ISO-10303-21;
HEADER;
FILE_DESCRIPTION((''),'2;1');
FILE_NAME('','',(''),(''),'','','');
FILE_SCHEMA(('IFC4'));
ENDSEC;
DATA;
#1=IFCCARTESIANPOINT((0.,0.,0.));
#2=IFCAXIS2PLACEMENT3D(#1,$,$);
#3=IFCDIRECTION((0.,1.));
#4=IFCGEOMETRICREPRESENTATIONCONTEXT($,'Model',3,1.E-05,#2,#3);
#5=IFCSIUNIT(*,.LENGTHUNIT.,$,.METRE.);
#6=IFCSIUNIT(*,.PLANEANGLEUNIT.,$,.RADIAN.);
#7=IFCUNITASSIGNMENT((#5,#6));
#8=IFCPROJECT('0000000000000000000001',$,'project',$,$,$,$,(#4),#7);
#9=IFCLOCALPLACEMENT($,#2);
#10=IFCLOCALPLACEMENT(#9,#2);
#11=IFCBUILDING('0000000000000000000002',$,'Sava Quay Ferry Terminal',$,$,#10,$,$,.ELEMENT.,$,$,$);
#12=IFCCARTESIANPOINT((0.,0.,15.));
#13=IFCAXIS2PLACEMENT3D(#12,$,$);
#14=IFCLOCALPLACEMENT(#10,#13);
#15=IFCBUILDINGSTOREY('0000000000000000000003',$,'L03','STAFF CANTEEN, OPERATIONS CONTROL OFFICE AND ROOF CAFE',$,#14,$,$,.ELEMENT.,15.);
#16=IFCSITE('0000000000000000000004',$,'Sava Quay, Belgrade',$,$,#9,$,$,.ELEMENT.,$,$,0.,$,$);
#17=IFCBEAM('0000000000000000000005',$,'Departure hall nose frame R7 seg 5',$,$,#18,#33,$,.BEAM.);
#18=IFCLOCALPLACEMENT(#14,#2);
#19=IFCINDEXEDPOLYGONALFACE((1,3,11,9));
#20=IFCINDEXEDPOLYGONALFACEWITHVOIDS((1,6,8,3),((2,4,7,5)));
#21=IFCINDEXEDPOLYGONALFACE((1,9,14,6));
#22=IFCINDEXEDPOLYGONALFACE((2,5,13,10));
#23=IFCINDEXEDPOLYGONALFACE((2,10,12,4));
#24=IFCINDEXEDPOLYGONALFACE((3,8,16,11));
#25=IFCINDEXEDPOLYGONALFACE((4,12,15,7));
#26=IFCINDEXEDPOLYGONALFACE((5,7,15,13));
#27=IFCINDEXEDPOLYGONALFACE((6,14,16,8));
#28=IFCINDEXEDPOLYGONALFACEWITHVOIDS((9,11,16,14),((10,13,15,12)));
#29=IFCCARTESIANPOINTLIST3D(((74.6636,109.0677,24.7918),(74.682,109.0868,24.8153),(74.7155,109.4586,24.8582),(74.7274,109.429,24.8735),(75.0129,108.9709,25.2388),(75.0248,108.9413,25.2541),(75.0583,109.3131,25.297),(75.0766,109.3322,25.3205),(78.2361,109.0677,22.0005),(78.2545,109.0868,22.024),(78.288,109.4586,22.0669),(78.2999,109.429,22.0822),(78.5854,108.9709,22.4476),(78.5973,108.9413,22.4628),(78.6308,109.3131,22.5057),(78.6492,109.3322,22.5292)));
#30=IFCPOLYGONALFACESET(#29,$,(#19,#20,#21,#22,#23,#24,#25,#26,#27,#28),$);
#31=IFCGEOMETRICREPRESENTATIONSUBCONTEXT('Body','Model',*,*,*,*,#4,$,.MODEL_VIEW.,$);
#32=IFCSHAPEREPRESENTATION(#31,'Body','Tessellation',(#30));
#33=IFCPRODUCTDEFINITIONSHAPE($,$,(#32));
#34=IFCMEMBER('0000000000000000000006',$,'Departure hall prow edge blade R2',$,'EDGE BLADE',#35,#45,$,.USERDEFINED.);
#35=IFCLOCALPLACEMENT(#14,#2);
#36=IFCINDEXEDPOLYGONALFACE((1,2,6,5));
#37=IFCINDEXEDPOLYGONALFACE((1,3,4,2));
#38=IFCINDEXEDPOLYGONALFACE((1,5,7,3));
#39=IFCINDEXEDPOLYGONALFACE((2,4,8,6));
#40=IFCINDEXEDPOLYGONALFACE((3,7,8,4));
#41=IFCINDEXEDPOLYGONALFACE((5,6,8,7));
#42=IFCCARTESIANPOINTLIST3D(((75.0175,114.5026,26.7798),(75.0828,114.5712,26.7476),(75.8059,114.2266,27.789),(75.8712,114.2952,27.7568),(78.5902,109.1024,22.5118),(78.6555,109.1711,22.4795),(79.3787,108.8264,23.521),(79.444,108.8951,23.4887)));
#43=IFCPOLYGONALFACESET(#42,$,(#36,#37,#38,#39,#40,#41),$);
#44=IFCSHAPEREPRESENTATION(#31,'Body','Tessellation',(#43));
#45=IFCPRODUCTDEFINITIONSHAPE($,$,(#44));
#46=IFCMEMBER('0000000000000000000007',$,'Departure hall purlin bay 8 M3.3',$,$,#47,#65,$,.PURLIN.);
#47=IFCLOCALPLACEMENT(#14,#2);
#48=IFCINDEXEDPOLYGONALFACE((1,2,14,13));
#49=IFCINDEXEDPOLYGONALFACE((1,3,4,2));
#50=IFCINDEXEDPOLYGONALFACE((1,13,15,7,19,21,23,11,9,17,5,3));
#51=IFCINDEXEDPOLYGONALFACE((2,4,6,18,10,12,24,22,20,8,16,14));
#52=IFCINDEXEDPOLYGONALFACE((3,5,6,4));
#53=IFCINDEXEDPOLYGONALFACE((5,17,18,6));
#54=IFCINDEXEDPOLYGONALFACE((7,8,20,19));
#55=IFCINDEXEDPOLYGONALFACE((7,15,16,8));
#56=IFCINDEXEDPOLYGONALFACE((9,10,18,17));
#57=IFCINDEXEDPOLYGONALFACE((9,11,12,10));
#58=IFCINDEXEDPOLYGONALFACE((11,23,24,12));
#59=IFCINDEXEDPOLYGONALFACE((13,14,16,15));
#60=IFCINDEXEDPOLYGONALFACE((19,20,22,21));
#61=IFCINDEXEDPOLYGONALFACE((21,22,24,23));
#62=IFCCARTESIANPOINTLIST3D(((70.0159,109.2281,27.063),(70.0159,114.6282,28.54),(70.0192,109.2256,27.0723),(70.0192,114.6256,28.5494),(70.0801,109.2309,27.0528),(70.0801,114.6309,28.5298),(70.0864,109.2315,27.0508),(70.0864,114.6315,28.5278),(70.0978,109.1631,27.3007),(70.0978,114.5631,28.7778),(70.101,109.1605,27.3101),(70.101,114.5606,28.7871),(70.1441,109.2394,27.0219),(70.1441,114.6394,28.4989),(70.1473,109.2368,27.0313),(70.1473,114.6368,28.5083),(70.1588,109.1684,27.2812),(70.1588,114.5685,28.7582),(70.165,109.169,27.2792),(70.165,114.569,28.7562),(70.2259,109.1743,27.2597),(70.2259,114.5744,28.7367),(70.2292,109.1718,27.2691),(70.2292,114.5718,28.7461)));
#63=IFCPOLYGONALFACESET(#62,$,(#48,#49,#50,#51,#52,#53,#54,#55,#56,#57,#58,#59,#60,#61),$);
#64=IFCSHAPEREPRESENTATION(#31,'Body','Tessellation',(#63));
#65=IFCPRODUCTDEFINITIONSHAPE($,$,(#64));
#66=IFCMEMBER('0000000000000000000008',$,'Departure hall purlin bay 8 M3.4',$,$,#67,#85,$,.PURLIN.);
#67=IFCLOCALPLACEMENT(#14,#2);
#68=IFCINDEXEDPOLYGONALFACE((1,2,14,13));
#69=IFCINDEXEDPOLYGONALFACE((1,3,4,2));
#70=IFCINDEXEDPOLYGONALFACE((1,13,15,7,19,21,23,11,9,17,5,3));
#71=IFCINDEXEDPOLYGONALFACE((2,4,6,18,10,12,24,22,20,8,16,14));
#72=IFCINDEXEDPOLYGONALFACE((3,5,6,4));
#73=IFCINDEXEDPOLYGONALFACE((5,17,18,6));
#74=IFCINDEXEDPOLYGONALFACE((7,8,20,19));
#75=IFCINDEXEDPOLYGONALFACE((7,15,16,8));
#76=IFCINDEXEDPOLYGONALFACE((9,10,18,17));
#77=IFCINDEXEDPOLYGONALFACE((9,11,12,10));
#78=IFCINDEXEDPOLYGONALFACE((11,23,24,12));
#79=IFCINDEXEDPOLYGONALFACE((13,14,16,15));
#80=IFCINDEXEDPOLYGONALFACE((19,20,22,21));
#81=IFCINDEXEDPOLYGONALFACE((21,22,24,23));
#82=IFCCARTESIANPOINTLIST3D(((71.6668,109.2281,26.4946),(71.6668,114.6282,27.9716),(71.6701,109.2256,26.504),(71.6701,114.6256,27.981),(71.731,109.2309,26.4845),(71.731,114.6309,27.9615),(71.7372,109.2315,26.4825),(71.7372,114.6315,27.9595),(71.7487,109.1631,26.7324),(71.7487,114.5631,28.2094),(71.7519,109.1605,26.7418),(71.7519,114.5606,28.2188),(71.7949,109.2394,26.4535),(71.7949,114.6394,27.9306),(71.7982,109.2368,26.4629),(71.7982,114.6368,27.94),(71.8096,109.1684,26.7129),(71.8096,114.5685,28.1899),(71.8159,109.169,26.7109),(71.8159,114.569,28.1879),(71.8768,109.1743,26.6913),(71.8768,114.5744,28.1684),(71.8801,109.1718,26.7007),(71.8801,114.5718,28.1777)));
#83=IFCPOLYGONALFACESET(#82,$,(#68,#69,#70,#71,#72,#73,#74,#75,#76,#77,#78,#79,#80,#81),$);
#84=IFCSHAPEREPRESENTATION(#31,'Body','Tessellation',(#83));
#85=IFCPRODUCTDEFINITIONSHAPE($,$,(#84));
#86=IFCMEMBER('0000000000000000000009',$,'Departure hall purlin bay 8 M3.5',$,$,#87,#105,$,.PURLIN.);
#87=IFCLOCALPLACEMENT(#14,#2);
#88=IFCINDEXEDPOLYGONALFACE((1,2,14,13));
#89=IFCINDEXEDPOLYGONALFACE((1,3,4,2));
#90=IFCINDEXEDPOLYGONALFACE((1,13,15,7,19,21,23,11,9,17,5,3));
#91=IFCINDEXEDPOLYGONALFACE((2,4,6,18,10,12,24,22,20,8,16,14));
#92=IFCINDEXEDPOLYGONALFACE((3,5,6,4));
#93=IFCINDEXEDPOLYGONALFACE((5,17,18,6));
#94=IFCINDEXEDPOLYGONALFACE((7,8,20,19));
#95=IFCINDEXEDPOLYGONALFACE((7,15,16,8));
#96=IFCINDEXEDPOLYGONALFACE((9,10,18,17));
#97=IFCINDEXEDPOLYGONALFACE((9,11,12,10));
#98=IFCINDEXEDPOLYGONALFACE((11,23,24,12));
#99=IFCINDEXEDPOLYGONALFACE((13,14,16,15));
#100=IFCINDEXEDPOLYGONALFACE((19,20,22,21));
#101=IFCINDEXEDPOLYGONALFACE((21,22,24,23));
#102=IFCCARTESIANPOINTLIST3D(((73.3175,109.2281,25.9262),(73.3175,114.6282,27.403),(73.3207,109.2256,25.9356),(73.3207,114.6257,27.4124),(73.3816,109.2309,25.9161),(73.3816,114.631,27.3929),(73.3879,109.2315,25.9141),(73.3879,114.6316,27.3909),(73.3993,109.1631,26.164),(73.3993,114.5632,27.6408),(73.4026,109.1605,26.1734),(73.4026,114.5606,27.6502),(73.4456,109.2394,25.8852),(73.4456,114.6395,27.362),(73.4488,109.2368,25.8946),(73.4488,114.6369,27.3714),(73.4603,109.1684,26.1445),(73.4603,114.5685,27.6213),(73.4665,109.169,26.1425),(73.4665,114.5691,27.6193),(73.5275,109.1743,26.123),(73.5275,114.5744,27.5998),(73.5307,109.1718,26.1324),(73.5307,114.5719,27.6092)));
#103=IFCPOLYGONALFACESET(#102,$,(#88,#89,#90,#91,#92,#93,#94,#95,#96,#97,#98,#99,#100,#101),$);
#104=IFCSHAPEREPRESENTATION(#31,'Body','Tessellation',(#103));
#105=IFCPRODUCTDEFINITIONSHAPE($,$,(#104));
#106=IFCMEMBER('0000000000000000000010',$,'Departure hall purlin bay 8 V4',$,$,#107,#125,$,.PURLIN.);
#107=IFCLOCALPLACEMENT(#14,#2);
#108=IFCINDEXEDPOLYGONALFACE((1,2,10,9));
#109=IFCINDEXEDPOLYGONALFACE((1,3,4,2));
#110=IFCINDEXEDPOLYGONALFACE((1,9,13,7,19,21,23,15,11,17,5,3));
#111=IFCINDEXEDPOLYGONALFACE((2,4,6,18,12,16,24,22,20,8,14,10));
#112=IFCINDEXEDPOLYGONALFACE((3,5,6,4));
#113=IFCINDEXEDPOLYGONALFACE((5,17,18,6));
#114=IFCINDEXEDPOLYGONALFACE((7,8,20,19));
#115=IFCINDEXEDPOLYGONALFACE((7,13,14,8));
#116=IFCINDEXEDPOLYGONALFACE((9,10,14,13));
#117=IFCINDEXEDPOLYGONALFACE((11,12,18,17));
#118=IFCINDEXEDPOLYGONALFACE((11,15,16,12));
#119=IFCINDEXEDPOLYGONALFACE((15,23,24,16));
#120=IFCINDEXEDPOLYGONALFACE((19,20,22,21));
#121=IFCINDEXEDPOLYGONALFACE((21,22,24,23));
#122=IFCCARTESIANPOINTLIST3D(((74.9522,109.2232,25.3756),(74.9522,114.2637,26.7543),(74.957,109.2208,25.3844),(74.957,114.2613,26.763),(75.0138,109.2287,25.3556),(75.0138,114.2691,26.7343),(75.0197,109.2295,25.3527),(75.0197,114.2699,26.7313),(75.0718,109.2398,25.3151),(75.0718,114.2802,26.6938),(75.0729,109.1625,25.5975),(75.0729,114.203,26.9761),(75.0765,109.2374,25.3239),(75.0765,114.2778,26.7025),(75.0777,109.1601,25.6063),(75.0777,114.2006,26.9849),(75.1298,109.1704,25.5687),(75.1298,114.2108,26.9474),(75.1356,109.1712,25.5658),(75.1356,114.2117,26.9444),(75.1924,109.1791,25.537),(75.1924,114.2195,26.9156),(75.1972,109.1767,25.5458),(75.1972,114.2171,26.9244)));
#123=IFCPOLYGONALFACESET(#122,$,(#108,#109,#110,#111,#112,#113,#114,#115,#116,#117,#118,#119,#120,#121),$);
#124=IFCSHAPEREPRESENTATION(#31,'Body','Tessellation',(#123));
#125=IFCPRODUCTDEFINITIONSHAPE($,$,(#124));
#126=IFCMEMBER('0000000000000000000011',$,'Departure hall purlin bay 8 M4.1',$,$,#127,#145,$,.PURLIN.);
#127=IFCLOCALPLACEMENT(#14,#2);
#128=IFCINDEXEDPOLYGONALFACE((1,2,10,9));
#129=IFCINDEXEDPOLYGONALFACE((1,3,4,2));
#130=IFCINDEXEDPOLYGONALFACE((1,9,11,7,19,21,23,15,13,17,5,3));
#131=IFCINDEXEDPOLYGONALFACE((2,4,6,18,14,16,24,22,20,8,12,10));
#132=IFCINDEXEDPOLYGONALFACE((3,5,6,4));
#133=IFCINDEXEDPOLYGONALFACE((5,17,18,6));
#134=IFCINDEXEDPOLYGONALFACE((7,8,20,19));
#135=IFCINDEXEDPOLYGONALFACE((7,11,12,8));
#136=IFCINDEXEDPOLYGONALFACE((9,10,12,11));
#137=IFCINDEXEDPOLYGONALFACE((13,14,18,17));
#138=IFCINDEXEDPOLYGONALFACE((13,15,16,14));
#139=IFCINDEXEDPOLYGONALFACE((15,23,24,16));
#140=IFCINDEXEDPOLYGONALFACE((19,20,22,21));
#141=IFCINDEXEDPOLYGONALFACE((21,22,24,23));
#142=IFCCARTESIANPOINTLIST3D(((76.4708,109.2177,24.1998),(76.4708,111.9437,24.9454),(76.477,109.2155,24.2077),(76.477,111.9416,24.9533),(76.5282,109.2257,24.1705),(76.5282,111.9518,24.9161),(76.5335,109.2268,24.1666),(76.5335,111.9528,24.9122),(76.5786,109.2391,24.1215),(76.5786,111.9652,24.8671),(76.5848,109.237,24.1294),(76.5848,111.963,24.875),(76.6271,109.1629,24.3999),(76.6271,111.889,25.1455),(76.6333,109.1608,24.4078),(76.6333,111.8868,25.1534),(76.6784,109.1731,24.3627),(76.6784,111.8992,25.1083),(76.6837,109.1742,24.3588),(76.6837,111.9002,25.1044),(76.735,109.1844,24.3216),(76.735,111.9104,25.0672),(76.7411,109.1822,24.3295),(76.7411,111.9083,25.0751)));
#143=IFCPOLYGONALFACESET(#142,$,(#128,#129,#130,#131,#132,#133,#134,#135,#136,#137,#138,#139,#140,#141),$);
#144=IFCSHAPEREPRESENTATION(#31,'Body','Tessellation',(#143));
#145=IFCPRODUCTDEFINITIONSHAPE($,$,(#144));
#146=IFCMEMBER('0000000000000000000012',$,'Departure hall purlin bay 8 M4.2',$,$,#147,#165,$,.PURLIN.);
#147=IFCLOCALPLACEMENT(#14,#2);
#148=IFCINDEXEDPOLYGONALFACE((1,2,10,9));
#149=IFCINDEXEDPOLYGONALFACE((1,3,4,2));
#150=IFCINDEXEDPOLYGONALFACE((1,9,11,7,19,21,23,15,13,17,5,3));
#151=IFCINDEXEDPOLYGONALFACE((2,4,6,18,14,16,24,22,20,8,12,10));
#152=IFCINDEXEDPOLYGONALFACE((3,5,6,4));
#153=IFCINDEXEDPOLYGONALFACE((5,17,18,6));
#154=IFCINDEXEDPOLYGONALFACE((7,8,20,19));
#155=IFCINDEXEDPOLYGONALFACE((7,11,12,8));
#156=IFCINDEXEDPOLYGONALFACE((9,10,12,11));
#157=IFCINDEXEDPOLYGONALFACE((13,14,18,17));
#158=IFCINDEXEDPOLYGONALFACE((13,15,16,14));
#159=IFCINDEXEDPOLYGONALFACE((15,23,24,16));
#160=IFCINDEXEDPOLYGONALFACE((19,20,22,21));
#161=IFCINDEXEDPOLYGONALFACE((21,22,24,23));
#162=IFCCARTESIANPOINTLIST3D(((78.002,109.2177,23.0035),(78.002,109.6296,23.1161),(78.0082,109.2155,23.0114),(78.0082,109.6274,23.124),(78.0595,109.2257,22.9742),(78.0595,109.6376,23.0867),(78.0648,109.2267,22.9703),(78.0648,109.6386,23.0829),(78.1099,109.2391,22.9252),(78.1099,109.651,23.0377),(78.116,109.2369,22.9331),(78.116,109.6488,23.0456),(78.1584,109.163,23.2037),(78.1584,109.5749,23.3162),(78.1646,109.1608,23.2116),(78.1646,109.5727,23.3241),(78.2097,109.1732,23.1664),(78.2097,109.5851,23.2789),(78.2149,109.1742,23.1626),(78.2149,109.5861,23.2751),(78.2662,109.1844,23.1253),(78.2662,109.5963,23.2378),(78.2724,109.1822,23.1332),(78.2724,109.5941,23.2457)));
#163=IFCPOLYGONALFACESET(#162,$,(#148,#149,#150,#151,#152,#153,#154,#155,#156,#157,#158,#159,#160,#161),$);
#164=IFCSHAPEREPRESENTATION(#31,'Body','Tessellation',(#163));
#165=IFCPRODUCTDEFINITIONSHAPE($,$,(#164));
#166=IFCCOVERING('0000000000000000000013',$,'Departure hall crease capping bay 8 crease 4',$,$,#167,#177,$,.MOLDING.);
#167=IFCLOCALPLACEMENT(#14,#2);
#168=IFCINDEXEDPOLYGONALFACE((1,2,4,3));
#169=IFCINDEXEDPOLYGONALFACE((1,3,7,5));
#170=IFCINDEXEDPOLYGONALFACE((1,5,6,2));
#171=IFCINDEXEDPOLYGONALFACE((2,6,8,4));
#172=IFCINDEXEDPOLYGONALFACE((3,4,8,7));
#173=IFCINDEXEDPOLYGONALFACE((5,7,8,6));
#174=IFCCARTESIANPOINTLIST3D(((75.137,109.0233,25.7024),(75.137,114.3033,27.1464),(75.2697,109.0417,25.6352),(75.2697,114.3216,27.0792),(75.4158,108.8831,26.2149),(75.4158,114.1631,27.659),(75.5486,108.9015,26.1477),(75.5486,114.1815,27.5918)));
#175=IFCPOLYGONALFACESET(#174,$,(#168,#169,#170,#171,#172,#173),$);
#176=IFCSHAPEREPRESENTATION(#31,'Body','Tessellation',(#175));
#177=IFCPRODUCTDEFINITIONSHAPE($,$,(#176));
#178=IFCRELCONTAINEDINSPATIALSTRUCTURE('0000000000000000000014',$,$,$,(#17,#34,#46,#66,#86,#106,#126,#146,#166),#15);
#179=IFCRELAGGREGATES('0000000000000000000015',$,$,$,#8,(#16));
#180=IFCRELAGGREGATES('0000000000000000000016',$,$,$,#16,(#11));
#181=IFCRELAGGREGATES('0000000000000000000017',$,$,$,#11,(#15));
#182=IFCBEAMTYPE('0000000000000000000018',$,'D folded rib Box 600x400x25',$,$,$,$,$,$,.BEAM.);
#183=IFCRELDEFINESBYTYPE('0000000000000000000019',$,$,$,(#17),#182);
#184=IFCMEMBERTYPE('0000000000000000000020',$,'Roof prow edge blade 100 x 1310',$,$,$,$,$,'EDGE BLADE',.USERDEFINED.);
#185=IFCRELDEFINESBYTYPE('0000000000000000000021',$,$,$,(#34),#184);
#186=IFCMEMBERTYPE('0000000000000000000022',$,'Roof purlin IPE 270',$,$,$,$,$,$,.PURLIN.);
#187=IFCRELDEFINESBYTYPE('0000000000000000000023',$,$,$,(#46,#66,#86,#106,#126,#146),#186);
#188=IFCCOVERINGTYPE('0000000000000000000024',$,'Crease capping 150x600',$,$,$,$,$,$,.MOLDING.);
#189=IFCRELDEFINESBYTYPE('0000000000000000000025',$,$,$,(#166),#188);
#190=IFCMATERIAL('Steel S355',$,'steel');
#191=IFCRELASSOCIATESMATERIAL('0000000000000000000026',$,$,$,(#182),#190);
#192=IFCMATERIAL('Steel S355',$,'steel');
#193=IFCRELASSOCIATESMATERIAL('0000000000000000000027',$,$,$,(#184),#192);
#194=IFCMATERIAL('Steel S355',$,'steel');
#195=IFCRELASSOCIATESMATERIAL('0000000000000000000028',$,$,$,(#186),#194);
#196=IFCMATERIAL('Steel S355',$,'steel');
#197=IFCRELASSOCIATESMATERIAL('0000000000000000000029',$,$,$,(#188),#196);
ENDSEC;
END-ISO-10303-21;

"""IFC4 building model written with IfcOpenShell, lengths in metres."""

from ifc_helpers import new_model, si_unit, direction, frame, origin, origin_2d, place, context, subcontext, project, spatial, polyline, rectangle, i_section, outline, extrude, material, material_profile, profile_set, type_object, element, save


model = new_model("IFC4")

# Units and contexts
model_context = context("Model", 3, precision=1e-05, world=origin(), true_north=direction((0.0, 1.0)))
body_context = subcontext(model_context, "Body", "Model", "MODEL_VIEW")
ifc_project = project(units=[si_unit("LENGTHUNIT", "METRE"), si_unit("PLANEANGLEUNIT", "RADIAN")], contexts=[model_context])

# Site, building, storey
site_placement = place(None, origin())
site = spatial("IfcSite", under=ifc_project, at=site_placement, Name="Sava Quay, Belgrade", CompositionType="ELEMENT", RefElevation=0.0)
building_placement = place(site_placement, origin())
building = spatial("IfcBuilding", under=site, at=building_placement, Name="Sava Quay Ferry Terminal", CompositionType="ELEMENT")
storey_placement = place(building_placement, frame((0.0, 0.0, 15.0)))
storey = spatial("IfcBuildingStorey", under=building, at=storey_placement, Name="L03", Description="STAFF CANTEEN, OPERATIONS CONTROL OFFICE AND ROOF CAFE", CompositionType="ELEMENT", Elevation=15.0)

# Beam
ifc_material_1 = material(Name="Steel S355", Category="steel")
ifc_material_profile_1 = material_profile(ifc_material_1, outline(polyline([(-0.2, -0.3), (0.2, -0.3), (0.2, 0.3), (-0.2, 0.3), (-0.2, -0.3)]), holes=[polyline([(-0.175, -0.2749), (-0.175, 0.2749), (0.175, 0.2749), (0.175, -0.2749), (-0.175, -0.2749)])]), Name="Box 600x400x25 built-up")
ifc_profile_set_1 = profile_set([ifc_material_profile_1], Name="Steel S355")
beam_type = type_object("IfcBeamType", Name="D folded rib Box 600x400x25", PredefinedType="BEAM", material=ifc_profile_set_1)
beam_placement = place(storey_placement, frame((74.8701, 109.2, 25.0562), z_axis=(0.787999, 0.0, -0.615676), x_axis=(0.129733, 0.977547, 0.166044)))
element("IfcBeam", 1, at=beam_placement, inside=storey, type_object=beam_type, Name="Departure hall nose frame R7 seg 5", PredefinedType="BEAM", context=body_context, shape_type="SweptSolid", body=[
    extrude(outline(polyline([(-0.2, -0.3), (0.2, -0.3), (0.2, 0.3), (-0.2, 0.3), (-0.2, -0.3)]), holes=[polyline([(-0.175, -0.2749), (-0.175, 0.2749), (0.175, 0.2749), (0.175, -0.2749), (-0.175, -0.2749)])]), origin(), (0.0, 0.0, 1.0), 4.5337),
])

# Members
ifc_material_2 = material(Name="Steel S355", Category="steel")
ifc_material_profile_2 = material_profile(ifc_material_2, rectangle(XDim=0.1001, YDim=1.3101, at=origin_2d()), Name="Blade 100 x 1310")
ifc_profile_set_2 = profile_set([ifc_material_profile_2], Name="Steel S355")
member_type_1 = type_object("IfcMemberType", Name="Roof prow edge blade 100 x 1310", ElementType="EDGE BLADE", PredefinedType="USERDEFINED", material=ifc_profile_set_2)
member_1_placement = place(storey_placement, frame((79.0171, 108.9988, 23.0002), z_axis=(-0.460694, 0.696329, 0.550352), x_axis=(-0.652352, -0.686107, 0.322015)))
element("IfcMember", 2, at=member_1_placement, inside=storey, type_object=member_type_1, Name="Departure hall prow edge blade R2", ObjectType="EDGE BLADE", PredefinedType="USERDEFINED", context=body_context, shape_type="SweptSolid", body=[
    extrude(rectangle(XDim=0.1001, YDim=1.3101, at=origin_2d()), origin(), (0.0, 0.0, 1.0), 7.7551),
])
ifc_material_3 = material(Name="Steel S355", Category="steel")
ifc_material_profile_3 = material_profile(ifc_material_3, i_section(OverallWidth=0.135, OverallDepth=0.27, WebThickness=0.0066, FlangeThickness=0.0103, at=origin_2d()), Name="IPE 270")
ifc_profile_set_3 = profile_set([ifc_material_profile_3], Name="Steel S355")
member_type_2 = type_object("IfcMemberType", Name="Roof purlin IPE 270", PredefinedType="PURLIN", material=ifc_profile_set_3)
for number, where, z_axis, x_axis, name in (
    (3, (70.1226, 109.2, 27.166), (0.0, 0.964569, 0.263829), (-0.949026, -0.083159, 0.30403), "Departure hall purlin bay 8 M3.3"),
    (4, (71.7734, 109.2, 26.5977), (0.0, 0.964569, 0.263829), (-0.949026, -0.083159, 0.30403), "Departure hall purlin bay 8 M3.4"),
    (5, (73.4241, 109.2, 26.0293), (0.0, 0.96458, 0.263789), (-0.949026, -0.083146, 0.304034), "Departure hall purlin bay 8 M3.5"),
):
    element("IfcMember", number, at=place(storey_placement, frame(where, z_axis=z_axis, x_axis=x_axis)), inside=storey, type_object=member_type_2, Name=name, PredefinedType="PURLIN", context=body_context, shape_type="SweptSolid", body=[
        extrude(i_section(OverallWidth=0.135, OverallDepth=0.27, WebThickness=0.0066, FlangeThickness=0.0103, at=origin_2d()), origin(), (0.0, 0.0, 1.0), 5.5984),
    ])
member_2_placement = place(storey_placement, frame((75.0747, 109.2, 25.4607), z_axis=(0.0, 0.964571, 0.263825), x_axis=(-0.885497, -0.122585, 0.448184)))
element("IfcMember", 6, at=member_2_placement, inside=storey, type_object=member_type_2, Name="Departure hall purlin bay 8 V4", PredefinedType="PURLIN", context=body_context, shape_type="SweptSolid", body=[
    extrude(i_section(OverallWidth=0.135, OverallDepth=0.27, WebThickness=0.0066, FlangeThickness=0.0103, at=origin_2d()), origin(), (0.0, 0.0, 1.0), 5.2256),
])
member_3_placement = place(storey_placement, frame((76.606, 109.2, 24.2646), z_axis=(0.0, 0.964572, 0.263819), x_axis=(-0.798616, -0.158777, 0.580519)))
element("IfcMember", 7, at=member_3_placement, inside=storey, type_object=member_type_2, Name="Departure hall purlin bay 8 M4.1", PredefinedType="PURLIN", context=body_context, shape_type="SweptSolid", body=[
    extrude(i_section(OverallWidth=0.135, OverallDepth=0.27, WebThickness=0.0066, FlangeThickness=0.0103, at=origin_2d()), origin(), (0.0, 0.0, 1.0), 2.8262),
])
member_4_placement = place(storey_placement, frame((78.1372, 109.2, 23.0684), z_axis=(0.0, 0.964632, 0.263601), x_axis=(-0.798616, -0.158646, 0.580555)))
element("IfcMember", 8, at=member_4_placement, inside=storey, type_object=member_type_2, Name="Departure hall purlin bay 8 M4.2", PredefinedType="PURLIN", context=body_context, shape_type="SweptSolid", body=[
    extrude(i_section(OverallWidth=0.135, OverallDepth=0.27, WebThickness=0.0066, FlangeThickness=0.0103, at=origin_2d()), origin(), (0.0, 0.0, 1.0), 0.427),
])

# Covering
ifc_material_4 = material(Name="Steel S355", Category="steel")
ifc_material_profile_4 = material_profile(ifc_material_4, rectangle(XDim=0.1499, YDim=0.6001, at=origin_2d()), Name="Cap 150 x 600")
ifc_profile_set_4 = profile_set([ifc_material_profile_4], Name="Steel S355")
covering_type_1 = type_object("IfcCoveringType", Name="Crease capping 150x600", PredefinedType="MOLDING", material=ifc_profile_set_4)
covering_1_placement = place(storey_placement, frame((75.3428, 108.9624, 25.925), z_axis=(0.0, 0.964574, 0.263812), x_axis=(-0.885497, -0.122579, 0.448185)))
element("IfcCovering", 9, at=covering_1_placement, inside=storey, type_object=covering_type_1, Name="Departure hall crease capping bay 8 crease 4", PredefinedType="MOLDING", context=body_context, shape_type="SweptSolid", body=[
    extrude(rectangle(XDim=0.1499, YDim=0.6001, at=origin_2d()), origin(), (0.0, 0.0, 1.0), 5.4739),
])

save(model, "model.ifc")
